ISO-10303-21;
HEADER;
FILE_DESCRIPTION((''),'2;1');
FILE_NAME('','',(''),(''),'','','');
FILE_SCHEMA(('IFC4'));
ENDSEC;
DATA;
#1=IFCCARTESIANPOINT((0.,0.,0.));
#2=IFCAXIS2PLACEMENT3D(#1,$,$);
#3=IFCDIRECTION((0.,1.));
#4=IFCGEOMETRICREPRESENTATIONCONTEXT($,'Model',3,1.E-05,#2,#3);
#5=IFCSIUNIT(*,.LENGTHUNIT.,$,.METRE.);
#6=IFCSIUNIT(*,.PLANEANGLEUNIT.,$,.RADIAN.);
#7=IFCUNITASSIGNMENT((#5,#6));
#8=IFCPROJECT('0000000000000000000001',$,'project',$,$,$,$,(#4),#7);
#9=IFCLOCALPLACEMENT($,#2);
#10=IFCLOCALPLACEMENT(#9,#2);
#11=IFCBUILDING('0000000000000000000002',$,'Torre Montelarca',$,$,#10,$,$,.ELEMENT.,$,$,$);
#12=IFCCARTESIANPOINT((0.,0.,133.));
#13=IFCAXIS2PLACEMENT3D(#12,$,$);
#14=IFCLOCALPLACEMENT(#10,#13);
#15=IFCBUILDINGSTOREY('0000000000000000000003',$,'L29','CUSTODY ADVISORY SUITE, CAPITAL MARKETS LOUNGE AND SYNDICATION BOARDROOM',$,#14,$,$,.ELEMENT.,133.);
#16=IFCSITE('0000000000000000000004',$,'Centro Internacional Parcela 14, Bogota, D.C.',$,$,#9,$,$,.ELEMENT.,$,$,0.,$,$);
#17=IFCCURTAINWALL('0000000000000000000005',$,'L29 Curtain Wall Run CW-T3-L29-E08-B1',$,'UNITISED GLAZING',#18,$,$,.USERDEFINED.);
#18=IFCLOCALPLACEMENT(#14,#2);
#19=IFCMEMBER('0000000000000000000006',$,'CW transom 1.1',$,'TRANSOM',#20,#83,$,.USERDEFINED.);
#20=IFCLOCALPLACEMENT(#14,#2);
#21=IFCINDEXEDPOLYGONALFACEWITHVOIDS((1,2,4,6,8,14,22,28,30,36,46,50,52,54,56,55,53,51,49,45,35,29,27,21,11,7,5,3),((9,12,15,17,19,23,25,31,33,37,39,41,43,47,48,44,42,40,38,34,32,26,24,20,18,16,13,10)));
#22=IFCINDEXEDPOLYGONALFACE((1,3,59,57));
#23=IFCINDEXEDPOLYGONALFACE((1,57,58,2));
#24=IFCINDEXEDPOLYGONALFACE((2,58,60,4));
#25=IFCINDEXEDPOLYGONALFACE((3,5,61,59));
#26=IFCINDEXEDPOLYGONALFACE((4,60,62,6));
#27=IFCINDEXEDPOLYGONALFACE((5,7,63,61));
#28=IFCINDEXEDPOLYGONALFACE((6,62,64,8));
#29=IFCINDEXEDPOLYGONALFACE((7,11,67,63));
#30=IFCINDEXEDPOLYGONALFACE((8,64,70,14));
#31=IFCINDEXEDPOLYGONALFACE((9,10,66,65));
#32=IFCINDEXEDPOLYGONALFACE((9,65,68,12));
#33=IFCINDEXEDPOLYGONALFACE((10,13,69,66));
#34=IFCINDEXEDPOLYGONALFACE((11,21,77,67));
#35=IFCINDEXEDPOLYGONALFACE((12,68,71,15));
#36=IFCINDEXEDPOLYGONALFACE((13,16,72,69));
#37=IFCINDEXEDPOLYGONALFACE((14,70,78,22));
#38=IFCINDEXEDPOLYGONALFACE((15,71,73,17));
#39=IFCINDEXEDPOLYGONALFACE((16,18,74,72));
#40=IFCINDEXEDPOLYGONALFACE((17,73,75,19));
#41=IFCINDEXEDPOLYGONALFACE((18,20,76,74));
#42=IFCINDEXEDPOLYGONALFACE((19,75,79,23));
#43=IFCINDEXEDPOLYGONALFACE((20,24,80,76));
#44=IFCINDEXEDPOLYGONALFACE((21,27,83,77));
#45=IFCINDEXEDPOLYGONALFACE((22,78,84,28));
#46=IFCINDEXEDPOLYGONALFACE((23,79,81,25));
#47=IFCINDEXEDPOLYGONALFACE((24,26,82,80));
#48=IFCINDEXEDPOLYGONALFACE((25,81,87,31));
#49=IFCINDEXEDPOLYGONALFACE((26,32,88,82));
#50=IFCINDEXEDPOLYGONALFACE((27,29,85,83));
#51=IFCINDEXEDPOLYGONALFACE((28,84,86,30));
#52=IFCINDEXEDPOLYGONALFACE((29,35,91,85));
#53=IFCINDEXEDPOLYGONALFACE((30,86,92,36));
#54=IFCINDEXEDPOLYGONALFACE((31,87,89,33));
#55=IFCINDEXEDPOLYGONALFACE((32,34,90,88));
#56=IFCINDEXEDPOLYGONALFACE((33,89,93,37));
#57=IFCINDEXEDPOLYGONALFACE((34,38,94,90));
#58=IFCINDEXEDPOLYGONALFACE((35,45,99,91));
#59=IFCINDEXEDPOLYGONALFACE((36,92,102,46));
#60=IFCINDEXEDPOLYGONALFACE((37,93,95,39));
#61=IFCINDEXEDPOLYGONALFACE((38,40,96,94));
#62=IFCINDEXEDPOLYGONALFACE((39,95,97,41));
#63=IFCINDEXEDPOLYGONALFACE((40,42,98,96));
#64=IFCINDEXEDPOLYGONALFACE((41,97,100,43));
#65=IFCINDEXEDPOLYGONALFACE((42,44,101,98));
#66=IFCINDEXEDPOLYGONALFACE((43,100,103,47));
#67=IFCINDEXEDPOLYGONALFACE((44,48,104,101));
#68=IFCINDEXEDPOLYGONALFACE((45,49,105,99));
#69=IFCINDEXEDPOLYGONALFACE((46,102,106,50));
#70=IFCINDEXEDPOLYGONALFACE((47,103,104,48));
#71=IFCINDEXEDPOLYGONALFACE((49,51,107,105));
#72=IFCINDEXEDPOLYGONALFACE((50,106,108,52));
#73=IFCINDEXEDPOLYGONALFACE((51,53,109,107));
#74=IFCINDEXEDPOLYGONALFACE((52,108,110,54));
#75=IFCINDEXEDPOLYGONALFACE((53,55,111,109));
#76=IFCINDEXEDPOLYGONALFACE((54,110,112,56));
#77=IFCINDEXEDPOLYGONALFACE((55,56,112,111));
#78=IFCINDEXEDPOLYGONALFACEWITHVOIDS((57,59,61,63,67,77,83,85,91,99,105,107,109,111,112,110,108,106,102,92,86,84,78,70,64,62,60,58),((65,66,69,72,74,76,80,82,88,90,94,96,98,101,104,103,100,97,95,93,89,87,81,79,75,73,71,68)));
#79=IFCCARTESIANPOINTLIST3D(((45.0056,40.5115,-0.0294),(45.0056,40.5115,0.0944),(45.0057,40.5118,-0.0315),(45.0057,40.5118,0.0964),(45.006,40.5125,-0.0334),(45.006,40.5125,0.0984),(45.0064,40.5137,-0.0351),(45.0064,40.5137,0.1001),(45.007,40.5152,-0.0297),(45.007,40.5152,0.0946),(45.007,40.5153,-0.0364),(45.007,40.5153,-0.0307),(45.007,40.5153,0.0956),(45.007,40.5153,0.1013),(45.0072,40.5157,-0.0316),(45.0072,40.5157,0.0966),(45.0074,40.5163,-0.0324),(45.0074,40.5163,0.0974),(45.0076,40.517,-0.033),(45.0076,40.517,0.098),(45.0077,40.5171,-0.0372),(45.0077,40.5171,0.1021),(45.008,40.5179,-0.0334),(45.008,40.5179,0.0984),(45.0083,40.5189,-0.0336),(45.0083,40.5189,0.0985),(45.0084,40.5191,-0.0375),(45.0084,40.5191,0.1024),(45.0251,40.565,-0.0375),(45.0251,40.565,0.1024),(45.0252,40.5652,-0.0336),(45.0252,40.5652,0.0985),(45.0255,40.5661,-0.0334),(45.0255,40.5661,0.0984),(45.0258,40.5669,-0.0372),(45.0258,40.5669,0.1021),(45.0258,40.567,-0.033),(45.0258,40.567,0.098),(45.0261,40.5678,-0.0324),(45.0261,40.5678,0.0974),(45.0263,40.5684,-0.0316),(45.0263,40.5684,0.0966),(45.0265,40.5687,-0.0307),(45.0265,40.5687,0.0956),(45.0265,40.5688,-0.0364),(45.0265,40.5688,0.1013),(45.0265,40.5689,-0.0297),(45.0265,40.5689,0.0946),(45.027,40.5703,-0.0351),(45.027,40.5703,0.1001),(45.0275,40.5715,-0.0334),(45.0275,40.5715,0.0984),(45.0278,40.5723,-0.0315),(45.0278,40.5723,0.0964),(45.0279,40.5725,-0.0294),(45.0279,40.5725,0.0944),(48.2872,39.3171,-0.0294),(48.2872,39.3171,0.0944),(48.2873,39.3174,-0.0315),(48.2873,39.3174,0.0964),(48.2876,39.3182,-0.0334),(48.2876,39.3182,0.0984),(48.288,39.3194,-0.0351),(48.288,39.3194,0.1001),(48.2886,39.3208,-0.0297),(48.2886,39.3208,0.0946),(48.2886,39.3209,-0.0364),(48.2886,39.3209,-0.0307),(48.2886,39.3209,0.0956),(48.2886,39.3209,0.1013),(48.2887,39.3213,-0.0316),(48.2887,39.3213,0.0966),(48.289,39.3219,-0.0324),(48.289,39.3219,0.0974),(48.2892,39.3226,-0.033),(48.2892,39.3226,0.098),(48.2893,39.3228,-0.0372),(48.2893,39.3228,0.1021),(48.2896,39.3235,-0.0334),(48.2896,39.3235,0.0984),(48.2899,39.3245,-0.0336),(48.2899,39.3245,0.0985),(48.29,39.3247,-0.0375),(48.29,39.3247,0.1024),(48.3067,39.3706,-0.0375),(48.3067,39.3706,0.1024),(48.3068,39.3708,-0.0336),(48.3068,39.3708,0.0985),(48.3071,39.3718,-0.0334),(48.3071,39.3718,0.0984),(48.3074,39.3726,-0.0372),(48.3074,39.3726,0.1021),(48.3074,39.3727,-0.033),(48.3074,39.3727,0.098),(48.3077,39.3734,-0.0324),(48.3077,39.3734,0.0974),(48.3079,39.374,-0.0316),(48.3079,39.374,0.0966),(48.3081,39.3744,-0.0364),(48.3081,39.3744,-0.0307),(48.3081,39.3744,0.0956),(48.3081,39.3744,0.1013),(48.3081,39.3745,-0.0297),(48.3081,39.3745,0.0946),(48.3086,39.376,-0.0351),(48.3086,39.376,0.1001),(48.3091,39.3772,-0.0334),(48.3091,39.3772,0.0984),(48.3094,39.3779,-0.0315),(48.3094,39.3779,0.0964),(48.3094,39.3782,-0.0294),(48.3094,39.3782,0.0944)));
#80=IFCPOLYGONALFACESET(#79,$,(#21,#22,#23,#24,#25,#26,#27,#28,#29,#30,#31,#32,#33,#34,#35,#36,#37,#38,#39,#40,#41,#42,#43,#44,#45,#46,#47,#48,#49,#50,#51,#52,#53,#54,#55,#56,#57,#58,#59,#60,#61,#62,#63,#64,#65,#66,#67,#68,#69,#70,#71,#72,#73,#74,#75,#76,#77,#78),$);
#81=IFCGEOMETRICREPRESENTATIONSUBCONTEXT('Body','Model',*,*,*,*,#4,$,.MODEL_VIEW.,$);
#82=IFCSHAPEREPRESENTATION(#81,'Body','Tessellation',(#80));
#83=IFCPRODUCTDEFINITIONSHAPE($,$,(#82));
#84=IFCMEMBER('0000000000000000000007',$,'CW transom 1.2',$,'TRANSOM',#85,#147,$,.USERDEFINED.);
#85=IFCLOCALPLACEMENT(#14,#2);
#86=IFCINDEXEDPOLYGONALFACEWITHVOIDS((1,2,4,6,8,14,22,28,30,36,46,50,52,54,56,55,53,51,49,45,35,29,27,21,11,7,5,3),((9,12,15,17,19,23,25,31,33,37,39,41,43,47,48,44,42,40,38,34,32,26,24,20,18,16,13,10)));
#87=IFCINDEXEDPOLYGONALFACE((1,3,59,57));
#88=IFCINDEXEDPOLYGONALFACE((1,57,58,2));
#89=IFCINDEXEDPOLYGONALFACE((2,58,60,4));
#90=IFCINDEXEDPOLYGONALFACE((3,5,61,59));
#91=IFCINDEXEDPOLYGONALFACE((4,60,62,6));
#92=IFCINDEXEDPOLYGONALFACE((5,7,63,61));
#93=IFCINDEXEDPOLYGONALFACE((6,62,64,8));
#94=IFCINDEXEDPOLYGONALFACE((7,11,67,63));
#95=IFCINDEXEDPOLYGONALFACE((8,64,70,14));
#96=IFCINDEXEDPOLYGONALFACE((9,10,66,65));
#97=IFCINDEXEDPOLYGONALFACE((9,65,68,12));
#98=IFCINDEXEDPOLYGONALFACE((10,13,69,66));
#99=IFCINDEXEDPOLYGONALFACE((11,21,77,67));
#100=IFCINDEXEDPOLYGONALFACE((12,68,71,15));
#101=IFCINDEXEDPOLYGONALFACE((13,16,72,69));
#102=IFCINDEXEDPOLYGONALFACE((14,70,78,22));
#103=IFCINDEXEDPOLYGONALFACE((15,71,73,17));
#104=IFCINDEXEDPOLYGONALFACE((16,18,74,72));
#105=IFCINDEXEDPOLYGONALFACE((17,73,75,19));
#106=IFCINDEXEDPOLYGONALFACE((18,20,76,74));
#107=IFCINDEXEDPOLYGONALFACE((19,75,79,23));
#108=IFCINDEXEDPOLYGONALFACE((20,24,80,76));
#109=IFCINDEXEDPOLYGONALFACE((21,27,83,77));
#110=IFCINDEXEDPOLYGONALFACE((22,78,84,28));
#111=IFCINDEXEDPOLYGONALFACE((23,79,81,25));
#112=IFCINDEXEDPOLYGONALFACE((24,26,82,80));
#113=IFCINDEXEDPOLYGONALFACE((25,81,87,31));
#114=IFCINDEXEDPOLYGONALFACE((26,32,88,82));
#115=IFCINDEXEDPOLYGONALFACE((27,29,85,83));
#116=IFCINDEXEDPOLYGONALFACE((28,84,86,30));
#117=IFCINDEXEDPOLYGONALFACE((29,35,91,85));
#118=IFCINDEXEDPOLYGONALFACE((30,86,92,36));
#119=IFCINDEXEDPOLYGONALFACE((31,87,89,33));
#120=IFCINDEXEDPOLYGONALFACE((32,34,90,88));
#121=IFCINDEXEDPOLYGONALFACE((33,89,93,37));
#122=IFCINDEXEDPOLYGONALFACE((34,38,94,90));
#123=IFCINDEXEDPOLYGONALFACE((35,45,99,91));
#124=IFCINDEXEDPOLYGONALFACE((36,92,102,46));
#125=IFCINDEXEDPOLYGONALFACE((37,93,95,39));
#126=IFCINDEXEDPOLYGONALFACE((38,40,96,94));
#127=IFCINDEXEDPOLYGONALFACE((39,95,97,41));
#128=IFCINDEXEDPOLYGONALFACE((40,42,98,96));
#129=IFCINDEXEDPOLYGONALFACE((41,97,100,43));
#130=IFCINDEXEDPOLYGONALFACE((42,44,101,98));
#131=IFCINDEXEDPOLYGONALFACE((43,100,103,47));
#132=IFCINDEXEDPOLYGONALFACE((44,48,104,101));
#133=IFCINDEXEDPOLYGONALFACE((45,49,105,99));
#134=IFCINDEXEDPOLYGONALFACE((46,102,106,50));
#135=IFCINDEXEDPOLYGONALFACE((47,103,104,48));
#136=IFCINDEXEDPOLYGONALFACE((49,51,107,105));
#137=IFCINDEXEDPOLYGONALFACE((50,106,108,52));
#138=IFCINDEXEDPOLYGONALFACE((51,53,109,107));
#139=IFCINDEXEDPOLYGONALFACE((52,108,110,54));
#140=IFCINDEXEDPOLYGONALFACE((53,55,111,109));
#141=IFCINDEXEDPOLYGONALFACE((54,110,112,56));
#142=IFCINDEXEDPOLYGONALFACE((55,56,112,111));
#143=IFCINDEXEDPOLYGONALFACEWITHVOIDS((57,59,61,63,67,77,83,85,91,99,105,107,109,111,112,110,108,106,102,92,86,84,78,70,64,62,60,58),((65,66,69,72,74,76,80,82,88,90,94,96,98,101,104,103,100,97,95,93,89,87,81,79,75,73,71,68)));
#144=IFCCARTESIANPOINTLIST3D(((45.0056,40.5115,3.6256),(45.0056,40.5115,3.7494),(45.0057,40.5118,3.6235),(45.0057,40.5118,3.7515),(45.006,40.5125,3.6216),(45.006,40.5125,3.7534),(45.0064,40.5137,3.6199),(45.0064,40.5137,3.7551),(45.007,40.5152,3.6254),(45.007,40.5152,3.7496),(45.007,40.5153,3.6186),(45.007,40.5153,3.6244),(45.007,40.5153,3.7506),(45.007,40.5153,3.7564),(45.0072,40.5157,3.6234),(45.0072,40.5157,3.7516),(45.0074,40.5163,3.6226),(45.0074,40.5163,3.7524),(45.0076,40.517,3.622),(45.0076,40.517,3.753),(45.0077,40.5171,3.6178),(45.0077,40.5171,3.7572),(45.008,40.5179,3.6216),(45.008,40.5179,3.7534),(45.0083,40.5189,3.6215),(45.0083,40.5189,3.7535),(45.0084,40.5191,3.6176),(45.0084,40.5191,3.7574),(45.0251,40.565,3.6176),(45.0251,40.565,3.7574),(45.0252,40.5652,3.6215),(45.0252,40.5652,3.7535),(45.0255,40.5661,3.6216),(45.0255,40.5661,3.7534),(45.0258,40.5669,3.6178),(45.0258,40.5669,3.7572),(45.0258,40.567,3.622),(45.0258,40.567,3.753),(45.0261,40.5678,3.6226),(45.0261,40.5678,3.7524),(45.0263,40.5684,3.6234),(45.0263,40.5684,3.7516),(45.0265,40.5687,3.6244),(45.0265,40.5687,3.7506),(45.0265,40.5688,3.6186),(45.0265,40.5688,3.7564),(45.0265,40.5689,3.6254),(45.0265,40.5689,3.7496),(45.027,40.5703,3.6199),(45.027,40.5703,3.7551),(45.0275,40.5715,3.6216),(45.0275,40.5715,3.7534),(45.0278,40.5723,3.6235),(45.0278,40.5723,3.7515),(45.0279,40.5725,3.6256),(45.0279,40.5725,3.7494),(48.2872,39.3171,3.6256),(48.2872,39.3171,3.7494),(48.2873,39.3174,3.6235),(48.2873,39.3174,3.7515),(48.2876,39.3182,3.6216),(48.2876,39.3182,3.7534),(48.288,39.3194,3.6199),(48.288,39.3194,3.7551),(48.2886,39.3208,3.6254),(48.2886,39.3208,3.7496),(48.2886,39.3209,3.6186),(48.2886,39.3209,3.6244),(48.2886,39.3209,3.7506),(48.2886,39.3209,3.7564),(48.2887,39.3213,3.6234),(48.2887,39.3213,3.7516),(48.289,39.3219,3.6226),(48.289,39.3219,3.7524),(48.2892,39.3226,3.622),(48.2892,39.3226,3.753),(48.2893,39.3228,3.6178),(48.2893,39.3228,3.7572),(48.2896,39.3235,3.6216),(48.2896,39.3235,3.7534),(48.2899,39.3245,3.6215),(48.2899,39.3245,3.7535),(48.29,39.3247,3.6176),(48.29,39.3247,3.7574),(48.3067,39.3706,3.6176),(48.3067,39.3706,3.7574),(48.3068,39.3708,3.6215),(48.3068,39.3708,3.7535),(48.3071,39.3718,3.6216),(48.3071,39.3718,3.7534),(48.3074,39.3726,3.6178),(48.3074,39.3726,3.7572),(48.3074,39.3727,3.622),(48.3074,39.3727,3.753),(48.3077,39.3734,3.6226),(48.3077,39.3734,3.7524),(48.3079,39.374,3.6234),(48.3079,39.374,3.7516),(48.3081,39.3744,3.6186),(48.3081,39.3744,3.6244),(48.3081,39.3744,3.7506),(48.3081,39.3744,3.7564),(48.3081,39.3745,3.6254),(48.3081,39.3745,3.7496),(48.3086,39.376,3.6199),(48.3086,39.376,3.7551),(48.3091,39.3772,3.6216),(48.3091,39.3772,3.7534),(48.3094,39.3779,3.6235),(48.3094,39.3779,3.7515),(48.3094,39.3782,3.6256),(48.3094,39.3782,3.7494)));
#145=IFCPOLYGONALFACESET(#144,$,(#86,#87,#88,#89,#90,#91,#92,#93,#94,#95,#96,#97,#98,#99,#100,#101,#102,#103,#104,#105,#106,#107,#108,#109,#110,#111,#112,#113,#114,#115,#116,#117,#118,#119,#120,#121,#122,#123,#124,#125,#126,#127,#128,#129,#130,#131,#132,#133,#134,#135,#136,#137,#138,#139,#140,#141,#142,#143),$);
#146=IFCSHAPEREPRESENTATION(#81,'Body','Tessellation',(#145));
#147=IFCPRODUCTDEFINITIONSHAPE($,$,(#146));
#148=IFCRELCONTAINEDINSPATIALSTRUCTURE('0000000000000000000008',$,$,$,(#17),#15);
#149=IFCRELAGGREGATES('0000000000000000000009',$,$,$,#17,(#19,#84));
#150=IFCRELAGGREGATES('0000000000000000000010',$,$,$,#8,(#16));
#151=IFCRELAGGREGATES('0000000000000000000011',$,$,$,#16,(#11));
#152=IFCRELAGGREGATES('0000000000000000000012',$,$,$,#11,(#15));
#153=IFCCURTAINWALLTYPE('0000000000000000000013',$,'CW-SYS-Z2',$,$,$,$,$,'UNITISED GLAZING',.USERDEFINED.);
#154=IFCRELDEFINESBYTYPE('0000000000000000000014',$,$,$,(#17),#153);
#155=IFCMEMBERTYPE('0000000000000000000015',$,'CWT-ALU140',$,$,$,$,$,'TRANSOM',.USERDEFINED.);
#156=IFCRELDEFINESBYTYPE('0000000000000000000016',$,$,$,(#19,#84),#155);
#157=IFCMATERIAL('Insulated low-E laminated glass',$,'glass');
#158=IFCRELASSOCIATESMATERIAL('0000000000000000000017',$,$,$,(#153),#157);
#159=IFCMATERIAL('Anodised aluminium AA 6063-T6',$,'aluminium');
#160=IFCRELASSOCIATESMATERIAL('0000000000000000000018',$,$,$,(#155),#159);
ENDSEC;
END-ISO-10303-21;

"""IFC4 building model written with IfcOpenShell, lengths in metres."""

from ifc_helpers import new_model, si_unit, direction, frame, origin, origin_2d, place, context, subcontext, project, spatial, hollow_rectangle, extrude, source, transform, mapped, material, material_profile, profile_set, type_object, element, aggregate, save


model = new_model("IFC4")

# Units and contexts
model_context = context("Model", 3, precision=1e-05, world=origin(), true_north=direction((0.0, 1.0)))
body_context = subcontext(model_context, "Body", "Model", "MODEL_VIEW")
ifc_project = project(units=[si_unit("LENGTHUNIT", "METRE"), si_unit("PLANEANGLEUNIT", "RADIAN")], contexts=[model_context])

# Site, building, storey
site_placement = place(None, origin())
site = spatial("IfcSite", under=ifc_project, at=site_placement, Name="Centro Internacional Parcela 14, Bogota, D.C.", CompositionType="ELEMENT", RefElevation=0.0)
building_placement = place(site_placement, origin())
building = spatial("IfcBuilding", under=site, at=building_placement, Name="Torre Montelarca", CompositionType="ELEMENT")
storey_placement = place(building_placement, frame((0.0, 0.0, 133.0)))
storey = spatial("IfcBuildingStorey", under=building, at=storey_placement, Name="L29", Description="CUSTODY ADVISORY SUITE, CAPITAL MARKETS LOUNGE AND SYNDICATION BOARDROOM", CompositionType="ELEMENT", Elevation=133.0)

# Shared definitions
ifc_material_1 = material(Name="Insulated low-E laminated glass", Category="glass")
curtain_wall_type = type_object("IfcCurtainWallType", Name="CW-SYS-Z2", ElementType="UNITISED GLAZING", PredefinedType="USERDEFINED", material=ifc_material_1)
ifc_material_2 = material(Name="Anodised aluminium AA 6063-T6", Category="aluminium")
ifc_material_profile_1 = material_profile(ifc_material_2, hollow_rectangle(XDim=0.0649, YDim=0.1399, WallThickness=0.0039, InnerFilletRadius=0.0039, OuterFilletRadius=0.0081, at=origin_2d()), Name="ALU65X140X4", Category="aluminium")
ifc_profile_set_1 = profile_set([ifc_material_profile_1], Name="Anodised aluminium AA 6063-T6")
member_type_1 = type_object("IfcMemberType", Name="CWT-ALU140", ElementType="TRANSOM", PredefinedType="USERDEFINED", material=ifc_profile_set_1)

# Curtain wall
curtain_wall_1_placement = place(storey_placement, origin())
curtain_wall_1 = element("IfcCurtainWall", 1, at=curtain_wall_1_placement, inside=storey, type_object=curtain_wall_type, Name="L29 Curtain Wall Run CW-T3-L29-E08-B1", ObjectType="UNITISED GLAZING", PredefinedType="USERDEFINED")

# Members
shared_shape_1 = source(origin(), body_context, "Body", "SweptSolid", [
    extrude(hollow_rectangle(XDim=0.0649, YDim=0.1399, WallThickness=0.0039, InnerFilletRadius=0.0039, OuterFilletRadius=0.0081, at=origin_2d()), origin(), (0.0, 0.0, 1.0), 3.4922),
])
member_1_placement = place(storey_placement, frame((48.2983, 39.3477, 0.0325), z_axis=(-0.939695, 0.342012, 0.0), x_axis=(-0.342012, -0.939695, 0.0)))
member_1 = element("IfcMember", 2, at=member_1_placement, type_object=member_type_1, Name="CW transom 1.1", ObjectType="TRANSOM", PredefinedType="USERDEFINED", context=body_context, shape_type="MappedRepresentation", body=[
    mapped(shared_shape_1, transform((0.0, 0.0, 0.0), scale=1.0)),
])
member_2_placement = place(storey_placement, frame((48.2983, 39.3477, 3.6875), z_axis=(-0.939695, 0.342012, 0.0), x_axis=(-0.342012, -0.939695, 0.0)))
member_2 = element("IfcMember", 3, at=member_2_placement, type_object=member_type_1, Name="CW transom 1.2", ObjectType="TRANSOM", PredefinedType="USERDEFINED", context=body_context, shape_type="MappedRepresentation", body=[
    mapped(shared_shape_1, transform((0.0, 0.0, 0.0), scale=1.0)),
])

aggregate(curtain_wall_1, [member_1, member_2])

save(model, "model.ifc")
